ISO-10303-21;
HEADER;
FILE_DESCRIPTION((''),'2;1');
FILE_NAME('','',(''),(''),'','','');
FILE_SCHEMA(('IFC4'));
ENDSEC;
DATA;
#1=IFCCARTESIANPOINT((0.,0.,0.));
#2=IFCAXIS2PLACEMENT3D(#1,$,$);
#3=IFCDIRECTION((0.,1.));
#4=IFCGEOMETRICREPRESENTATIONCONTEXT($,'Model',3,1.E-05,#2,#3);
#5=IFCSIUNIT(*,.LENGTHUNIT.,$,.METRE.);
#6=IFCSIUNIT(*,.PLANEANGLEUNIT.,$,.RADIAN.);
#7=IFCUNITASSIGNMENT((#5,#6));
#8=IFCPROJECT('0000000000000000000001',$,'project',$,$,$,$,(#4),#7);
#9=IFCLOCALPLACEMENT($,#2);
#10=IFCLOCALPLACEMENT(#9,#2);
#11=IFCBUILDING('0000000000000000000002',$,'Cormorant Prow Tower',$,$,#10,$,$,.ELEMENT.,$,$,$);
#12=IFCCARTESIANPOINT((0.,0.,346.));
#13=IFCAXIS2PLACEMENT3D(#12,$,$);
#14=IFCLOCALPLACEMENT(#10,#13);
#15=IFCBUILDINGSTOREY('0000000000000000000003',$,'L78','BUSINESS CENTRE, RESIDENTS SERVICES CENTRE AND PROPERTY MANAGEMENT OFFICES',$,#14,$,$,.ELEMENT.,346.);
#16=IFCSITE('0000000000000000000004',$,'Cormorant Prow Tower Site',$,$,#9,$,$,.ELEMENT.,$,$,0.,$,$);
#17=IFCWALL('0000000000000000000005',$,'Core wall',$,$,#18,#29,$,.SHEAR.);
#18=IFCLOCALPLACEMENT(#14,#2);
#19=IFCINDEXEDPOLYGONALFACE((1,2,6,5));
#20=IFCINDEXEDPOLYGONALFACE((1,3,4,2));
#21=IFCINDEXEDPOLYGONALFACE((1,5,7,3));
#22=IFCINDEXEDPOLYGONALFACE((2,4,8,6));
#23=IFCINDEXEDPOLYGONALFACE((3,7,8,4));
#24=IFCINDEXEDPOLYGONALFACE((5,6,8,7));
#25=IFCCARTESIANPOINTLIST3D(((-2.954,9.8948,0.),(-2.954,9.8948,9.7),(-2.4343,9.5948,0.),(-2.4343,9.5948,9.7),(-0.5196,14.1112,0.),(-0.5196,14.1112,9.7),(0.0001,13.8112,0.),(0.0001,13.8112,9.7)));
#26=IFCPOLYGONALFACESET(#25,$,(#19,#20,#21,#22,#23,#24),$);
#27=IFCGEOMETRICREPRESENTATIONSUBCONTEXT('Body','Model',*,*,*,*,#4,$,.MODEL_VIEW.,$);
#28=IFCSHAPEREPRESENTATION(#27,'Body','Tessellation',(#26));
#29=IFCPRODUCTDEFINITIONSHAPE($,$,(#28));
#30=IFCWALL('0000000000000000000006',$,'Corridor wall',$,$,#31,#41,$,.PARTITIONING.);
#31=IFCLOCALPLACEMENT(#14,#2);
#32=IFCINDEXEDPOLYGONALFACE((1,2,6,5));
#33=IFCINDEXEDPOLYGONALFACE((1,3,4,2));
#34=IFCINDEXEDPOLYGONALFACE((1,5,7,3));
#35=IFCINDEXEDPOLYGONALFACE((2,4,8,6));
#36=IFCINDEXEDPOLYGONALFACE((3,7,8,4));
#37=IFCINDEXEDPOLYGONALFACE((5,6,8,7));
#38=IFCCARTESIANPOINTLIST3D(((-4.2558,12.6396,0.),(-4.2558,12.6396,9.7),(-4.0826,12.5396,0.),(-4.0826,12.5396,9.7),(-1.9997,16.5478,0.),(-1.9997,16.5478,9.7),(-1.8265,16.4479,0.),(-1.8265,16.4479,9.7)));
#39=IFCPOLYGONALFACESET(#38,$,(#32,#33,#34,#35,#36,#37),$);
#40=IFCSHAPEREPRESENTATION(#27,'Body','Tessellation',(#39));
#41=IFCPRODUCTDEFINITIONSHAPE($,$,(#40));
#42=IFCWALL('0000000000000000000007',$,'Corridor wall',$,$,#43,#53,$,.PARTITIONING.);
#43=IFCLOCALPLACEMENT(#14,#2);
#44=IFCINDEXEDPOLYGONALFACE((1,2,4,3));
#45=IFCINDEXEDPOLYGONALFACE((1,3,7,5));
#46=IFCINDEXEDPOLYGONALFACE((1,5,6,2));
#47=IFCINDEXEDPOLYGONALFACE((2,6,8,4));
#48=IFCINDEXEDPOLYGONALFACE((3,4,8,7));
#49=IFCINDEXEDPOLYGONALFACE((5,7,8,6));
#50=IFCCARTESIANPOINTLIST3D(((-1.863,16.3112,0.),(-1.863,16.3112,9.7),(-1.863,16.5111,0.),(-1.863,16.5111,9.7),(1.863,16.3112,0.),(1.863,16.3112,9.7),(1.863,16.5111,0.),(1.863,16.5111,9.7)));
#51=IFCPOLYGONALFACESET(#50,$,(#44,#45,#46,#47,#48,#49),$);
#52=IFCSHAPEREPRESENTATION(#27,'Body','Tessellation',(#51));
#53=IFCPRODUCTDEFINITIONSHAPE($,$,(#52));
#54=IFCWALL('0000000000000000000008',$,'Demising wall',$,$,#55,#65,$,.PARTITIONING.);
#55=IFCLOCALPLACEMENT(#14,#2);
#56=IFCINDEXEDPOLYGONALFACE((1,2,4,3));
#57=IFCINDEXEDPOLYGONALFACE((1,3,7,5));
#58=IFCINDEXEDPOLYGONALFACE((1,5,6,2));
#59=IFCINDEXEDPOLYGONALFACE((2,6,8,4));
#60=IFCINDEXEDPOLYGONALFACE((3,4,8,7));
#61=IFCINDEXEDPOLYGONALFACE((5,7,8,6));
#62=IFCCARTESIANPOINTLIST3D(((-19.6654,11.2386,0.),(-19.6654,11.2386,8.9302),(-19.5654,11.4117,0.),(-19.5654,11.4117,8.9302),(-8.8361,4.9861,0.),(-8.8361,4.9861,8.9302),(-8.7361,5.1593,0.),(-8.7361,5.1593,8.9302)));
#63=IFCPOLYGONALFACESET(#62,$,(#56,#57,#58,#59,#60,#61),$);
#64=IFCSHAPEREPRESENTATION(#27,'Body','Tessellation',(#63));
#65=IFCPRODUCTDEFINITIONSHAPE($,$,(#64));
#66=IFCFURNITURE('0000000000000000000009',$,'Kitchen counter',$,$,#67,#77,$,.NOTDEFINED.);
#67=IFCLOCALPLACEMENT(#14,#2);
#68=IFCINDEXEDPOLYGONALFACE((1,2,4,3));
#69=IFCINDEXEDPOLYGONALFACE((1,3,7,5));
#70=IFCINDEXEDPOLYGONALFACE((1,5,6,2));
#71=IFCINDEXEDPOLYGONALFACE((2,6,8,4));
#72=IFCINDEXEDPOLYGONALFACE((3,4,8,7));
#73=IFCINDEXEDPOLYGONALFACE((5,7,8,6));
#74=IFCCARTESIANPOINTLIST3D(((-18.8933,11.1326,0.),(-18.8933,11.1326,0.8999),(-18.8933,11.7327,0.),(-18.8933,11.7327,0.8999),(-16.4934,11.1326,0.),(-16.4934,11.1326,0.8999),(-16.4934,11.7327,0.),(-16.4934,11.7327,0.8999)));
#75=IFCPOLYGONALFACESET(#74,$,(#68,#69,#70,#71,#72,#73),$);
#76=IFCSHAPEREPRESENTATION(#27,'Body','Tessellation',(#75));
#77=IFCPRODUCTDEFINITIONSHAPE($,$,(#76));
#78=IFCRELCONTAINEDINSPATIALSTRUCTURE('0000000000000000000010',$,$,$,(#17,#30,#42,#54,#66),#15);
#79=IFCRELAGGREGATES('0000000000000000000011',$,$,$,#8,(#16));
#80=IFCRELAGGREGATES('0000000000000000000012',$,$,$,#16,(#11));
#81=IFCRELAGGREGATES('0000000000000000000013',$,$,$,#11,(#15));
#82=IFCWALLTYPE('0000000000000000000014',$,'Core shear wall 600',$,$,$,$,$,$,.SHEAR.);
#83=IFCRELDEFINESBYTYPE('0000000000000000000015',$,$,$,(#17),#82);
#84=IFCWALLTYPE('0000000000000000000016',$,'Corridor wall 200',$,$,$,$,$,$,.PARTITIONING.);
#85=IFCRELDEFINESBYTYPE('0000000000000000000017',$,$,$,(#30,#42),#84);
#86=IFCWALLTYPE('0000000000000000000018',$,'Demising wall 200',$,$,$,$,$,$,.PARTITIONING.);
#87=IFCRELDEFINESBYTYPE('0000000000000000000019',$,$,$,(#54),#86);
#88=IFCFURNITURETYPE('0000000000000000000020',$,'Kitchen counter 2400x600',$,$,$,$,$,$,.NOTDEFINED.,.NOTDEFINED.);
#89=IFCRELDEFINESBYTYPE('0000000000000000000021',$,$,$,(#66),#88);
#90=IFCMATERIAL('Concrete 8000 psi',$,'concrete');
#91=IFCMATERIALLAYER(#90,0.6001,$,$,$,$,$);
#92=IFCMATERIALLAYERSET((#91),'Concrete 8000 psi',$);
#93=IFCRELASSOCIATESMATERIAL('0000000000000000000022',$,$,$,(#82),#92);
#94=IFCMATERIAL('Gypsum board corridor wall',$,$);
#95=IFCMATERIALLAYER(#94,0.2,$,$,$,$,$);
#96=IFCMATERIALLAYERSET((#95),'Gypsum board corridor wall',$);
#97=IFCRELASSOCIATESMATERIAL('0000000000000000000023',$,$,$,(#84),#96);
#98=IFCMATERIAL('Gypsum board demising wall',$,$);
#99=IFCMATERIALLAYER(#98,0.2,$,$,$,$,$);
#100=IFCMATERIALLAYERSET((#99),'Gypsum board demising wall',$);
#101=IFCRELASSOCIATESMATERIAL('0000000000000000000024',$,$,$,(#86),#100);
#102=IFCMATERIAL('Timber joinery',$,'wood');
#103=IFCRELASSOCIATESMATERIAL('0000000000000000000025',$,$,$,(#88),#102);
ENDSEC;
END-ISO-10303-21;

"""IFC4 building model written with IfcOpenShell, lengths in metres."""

from ifc_helpers import new_model, si_unit, direction, frame, frame_2d, origin, origin_2d, place, context, subcontext, project, spatial, rectangle, extrude, material, layer, layer_set, type_object, element, save


model = new_model("IFC4")

# Units and contexts
model_context = context("Model", 3, precision=1e-05, world=origin(), true_north=direction((0.0, 1.0)))
body_context = subcontext(model_context, "Body", "Model", "MODEL_VIEW")
ifc_project = project(units=[si_unit("LENGTHUNIT", "METRE"), si_unit("PLANEANGLEUNIT", "RADIAN")], contexts=[model_context])

# Site, building, storey
site_placement = place(None, origin())
site = spatial("IfcSite", under=ifc_project, at=site_placement, Name="Cormorant Prow Tower Site", CompositionType="ELEMENT", RefElevation=0.0)
building_placement = place(site_placement, origin())
building = spatial("IfcBuilding", under=site, at=building_placement, Name="Cormorant Prow Tower", CompositionType="ELEMENT")
storey_placement = place(building_placement, frame((0.0, 0.0, 346.0)))
storey = spatial("IfcBuildingStorey", under=building, at=storey_placement, Name="L78", Description="BUSINESS CENTRE, RESIDENTS SERVICES CENTRE AND PROPERTY MANAGEMENT OFFICES", CompositionType="ELEMENT", Elevation=346.0)

# Walls
ifc_material_1 = material(Name="Concrete 8000 psi", Category="concrete")
ifc_layer_1 = layer(ifc_material_1, 0.6001)
ifc_layer_set_1 = layer_set([ifc_layer_1], Name="Concrete 8000 psi")
wall_type_1 = type_object("IfcWallType", Name="Core shear wall 600", PredefinedType="SHEAR", material=ifc_layer_set_1)
wall_1_placement = place(storey_placement, frame((-0.2598, 13.9612, 0.0), z_axis=(0.0, 0.0, 1.0), x_axis=(-0.500006, -0.866022, 0.0)))
element("IfcWall", 1, at=wall_1_placement, inside=storey, type_object=wall_type_1, Name="Core wall", PredefinedType="SHEAR", context=body_context, shape_type="SweptSolid", body=[
    extrude(rectangle(XDim=4.8687, YDim=0.6001, at=frame_2d((2.4343, 0.0))), origin(), (0.0, 0.0, 1.0), 9.7),
])
ifc_material_2 = material(Name="Gypsum board corridor wall")
ifc_layer_2 = layer(ifc_material_2, 0.2)
ifc_layer_set_2 = layer_set([ifc_layer_2], Name="Gypsum board corridor wall")
wall_type_2 = type_object("IfcWallType", Name="Corridor wall 200", PredefinedType="PARTITIONING", material=ifc_layer_set_2)
wall_2_placement = place(storey_placement, frame((-4.1692, 12.5896, 0.0), z_axis=(0.0, 0.0, 1.0), x_axis=(0.49995, 0.866054, 0.0)))
element("IfcWall", 2, at=wall_2_placement, inside=storey, type_object=wall_type_2, Name="Corridor wall", PredefinedType="PARTITIONING", context=body_context, shape_type="SweptSolid", body=[
    extrude(rectangle(XDim=4.5127, YDim=0.2, at=frame_2d((2.2563, 0.0))), origin(), (0.0, 0.0, 1.0), 9.7),
])
wall_3_placement = place(storey_placement, frame((-1.863, 16.4111, 0.0), z_axis=(0.0, 0.0, 1.0), x_axis=(1.0, 0.0, 0.0)))
element("IfcWall", 3, at=wall_3_placement, inside=storey, type_object=wall_type_2, Name="Corridor wall", PredefinedType="PARTITIONING", context=body_context, shape_type="SweptSolid", body=[
    extrude(rectangle(XDim=3.7261, YDim=0.2, at=frame_2d((1.863, 0.0))), origin(), (0.0, 0.0, 1.0), 9.7),
])
ifc_material_3 = material(Name="Gypsum board demising wall")
ifc_layer_3 = layer(ifc_material_3, 0.2)
ifc_layer_set_3 = layer_set([ifc_layer_3], Name="Gypsum board demising wall")
wall_type_3 = type_object("IfcWallType", Name="Demising wall 200", PredefinedType="PARTITIONING", material=ifc_layer_set_3)
wall_4_placement = place(storey_placement, frame((-19.6155, 11.3252, 0.0), z_axis=(0.0, 0.0, 1.0), x_axis=(0.866021, -0.500007, 0.0)))
element("IfcWall", 4, at=wall_4_placement, inside=storey, type_object=wall_type_3, Name="Demising wall", PredefinedType="PARTITIONING", context=body_context, shape_type="SweptSolid", body=[
    extrude(rectangle(XDim=12.5046, YDim=0.2, at=frame_2d((6.2524, 0.0))), origin(), (0.0, 0.0, 1.0), 8.9302),
])

# Furniture
ifc_material_4 = material(Name="Timber joinery", Category="wood")
furniture_type = type_object("IfcFurnitureType", Name="Kitchen counter 2400x600", AssemblyPlace="NOTDEFINED", PredefinedType="NOTDEFINED", material=ifc_material_4)
furniture_placement = place(storey_placement, frame((-17.6934, 11.4326, 0.0), z_axis=(0.0, 0.0, 1.0), x_axis=(1.0, 0.0, 0.0)))
element("IfcFurniture", 5, at=furniture_placement, inside=storey, type_object=furniture_type, Name="Kitchen counter", PredefinedType="NOTDEFINED", context=body_context, shape_type="SweptSolid", body=[
    extrude(rectangle(XDim=2.3999, YDim=0.6001, at=origin_2d()), origin(), (0.0, 0.0, 1.0), 0.8999),
])

save(model, "model.ifc")
